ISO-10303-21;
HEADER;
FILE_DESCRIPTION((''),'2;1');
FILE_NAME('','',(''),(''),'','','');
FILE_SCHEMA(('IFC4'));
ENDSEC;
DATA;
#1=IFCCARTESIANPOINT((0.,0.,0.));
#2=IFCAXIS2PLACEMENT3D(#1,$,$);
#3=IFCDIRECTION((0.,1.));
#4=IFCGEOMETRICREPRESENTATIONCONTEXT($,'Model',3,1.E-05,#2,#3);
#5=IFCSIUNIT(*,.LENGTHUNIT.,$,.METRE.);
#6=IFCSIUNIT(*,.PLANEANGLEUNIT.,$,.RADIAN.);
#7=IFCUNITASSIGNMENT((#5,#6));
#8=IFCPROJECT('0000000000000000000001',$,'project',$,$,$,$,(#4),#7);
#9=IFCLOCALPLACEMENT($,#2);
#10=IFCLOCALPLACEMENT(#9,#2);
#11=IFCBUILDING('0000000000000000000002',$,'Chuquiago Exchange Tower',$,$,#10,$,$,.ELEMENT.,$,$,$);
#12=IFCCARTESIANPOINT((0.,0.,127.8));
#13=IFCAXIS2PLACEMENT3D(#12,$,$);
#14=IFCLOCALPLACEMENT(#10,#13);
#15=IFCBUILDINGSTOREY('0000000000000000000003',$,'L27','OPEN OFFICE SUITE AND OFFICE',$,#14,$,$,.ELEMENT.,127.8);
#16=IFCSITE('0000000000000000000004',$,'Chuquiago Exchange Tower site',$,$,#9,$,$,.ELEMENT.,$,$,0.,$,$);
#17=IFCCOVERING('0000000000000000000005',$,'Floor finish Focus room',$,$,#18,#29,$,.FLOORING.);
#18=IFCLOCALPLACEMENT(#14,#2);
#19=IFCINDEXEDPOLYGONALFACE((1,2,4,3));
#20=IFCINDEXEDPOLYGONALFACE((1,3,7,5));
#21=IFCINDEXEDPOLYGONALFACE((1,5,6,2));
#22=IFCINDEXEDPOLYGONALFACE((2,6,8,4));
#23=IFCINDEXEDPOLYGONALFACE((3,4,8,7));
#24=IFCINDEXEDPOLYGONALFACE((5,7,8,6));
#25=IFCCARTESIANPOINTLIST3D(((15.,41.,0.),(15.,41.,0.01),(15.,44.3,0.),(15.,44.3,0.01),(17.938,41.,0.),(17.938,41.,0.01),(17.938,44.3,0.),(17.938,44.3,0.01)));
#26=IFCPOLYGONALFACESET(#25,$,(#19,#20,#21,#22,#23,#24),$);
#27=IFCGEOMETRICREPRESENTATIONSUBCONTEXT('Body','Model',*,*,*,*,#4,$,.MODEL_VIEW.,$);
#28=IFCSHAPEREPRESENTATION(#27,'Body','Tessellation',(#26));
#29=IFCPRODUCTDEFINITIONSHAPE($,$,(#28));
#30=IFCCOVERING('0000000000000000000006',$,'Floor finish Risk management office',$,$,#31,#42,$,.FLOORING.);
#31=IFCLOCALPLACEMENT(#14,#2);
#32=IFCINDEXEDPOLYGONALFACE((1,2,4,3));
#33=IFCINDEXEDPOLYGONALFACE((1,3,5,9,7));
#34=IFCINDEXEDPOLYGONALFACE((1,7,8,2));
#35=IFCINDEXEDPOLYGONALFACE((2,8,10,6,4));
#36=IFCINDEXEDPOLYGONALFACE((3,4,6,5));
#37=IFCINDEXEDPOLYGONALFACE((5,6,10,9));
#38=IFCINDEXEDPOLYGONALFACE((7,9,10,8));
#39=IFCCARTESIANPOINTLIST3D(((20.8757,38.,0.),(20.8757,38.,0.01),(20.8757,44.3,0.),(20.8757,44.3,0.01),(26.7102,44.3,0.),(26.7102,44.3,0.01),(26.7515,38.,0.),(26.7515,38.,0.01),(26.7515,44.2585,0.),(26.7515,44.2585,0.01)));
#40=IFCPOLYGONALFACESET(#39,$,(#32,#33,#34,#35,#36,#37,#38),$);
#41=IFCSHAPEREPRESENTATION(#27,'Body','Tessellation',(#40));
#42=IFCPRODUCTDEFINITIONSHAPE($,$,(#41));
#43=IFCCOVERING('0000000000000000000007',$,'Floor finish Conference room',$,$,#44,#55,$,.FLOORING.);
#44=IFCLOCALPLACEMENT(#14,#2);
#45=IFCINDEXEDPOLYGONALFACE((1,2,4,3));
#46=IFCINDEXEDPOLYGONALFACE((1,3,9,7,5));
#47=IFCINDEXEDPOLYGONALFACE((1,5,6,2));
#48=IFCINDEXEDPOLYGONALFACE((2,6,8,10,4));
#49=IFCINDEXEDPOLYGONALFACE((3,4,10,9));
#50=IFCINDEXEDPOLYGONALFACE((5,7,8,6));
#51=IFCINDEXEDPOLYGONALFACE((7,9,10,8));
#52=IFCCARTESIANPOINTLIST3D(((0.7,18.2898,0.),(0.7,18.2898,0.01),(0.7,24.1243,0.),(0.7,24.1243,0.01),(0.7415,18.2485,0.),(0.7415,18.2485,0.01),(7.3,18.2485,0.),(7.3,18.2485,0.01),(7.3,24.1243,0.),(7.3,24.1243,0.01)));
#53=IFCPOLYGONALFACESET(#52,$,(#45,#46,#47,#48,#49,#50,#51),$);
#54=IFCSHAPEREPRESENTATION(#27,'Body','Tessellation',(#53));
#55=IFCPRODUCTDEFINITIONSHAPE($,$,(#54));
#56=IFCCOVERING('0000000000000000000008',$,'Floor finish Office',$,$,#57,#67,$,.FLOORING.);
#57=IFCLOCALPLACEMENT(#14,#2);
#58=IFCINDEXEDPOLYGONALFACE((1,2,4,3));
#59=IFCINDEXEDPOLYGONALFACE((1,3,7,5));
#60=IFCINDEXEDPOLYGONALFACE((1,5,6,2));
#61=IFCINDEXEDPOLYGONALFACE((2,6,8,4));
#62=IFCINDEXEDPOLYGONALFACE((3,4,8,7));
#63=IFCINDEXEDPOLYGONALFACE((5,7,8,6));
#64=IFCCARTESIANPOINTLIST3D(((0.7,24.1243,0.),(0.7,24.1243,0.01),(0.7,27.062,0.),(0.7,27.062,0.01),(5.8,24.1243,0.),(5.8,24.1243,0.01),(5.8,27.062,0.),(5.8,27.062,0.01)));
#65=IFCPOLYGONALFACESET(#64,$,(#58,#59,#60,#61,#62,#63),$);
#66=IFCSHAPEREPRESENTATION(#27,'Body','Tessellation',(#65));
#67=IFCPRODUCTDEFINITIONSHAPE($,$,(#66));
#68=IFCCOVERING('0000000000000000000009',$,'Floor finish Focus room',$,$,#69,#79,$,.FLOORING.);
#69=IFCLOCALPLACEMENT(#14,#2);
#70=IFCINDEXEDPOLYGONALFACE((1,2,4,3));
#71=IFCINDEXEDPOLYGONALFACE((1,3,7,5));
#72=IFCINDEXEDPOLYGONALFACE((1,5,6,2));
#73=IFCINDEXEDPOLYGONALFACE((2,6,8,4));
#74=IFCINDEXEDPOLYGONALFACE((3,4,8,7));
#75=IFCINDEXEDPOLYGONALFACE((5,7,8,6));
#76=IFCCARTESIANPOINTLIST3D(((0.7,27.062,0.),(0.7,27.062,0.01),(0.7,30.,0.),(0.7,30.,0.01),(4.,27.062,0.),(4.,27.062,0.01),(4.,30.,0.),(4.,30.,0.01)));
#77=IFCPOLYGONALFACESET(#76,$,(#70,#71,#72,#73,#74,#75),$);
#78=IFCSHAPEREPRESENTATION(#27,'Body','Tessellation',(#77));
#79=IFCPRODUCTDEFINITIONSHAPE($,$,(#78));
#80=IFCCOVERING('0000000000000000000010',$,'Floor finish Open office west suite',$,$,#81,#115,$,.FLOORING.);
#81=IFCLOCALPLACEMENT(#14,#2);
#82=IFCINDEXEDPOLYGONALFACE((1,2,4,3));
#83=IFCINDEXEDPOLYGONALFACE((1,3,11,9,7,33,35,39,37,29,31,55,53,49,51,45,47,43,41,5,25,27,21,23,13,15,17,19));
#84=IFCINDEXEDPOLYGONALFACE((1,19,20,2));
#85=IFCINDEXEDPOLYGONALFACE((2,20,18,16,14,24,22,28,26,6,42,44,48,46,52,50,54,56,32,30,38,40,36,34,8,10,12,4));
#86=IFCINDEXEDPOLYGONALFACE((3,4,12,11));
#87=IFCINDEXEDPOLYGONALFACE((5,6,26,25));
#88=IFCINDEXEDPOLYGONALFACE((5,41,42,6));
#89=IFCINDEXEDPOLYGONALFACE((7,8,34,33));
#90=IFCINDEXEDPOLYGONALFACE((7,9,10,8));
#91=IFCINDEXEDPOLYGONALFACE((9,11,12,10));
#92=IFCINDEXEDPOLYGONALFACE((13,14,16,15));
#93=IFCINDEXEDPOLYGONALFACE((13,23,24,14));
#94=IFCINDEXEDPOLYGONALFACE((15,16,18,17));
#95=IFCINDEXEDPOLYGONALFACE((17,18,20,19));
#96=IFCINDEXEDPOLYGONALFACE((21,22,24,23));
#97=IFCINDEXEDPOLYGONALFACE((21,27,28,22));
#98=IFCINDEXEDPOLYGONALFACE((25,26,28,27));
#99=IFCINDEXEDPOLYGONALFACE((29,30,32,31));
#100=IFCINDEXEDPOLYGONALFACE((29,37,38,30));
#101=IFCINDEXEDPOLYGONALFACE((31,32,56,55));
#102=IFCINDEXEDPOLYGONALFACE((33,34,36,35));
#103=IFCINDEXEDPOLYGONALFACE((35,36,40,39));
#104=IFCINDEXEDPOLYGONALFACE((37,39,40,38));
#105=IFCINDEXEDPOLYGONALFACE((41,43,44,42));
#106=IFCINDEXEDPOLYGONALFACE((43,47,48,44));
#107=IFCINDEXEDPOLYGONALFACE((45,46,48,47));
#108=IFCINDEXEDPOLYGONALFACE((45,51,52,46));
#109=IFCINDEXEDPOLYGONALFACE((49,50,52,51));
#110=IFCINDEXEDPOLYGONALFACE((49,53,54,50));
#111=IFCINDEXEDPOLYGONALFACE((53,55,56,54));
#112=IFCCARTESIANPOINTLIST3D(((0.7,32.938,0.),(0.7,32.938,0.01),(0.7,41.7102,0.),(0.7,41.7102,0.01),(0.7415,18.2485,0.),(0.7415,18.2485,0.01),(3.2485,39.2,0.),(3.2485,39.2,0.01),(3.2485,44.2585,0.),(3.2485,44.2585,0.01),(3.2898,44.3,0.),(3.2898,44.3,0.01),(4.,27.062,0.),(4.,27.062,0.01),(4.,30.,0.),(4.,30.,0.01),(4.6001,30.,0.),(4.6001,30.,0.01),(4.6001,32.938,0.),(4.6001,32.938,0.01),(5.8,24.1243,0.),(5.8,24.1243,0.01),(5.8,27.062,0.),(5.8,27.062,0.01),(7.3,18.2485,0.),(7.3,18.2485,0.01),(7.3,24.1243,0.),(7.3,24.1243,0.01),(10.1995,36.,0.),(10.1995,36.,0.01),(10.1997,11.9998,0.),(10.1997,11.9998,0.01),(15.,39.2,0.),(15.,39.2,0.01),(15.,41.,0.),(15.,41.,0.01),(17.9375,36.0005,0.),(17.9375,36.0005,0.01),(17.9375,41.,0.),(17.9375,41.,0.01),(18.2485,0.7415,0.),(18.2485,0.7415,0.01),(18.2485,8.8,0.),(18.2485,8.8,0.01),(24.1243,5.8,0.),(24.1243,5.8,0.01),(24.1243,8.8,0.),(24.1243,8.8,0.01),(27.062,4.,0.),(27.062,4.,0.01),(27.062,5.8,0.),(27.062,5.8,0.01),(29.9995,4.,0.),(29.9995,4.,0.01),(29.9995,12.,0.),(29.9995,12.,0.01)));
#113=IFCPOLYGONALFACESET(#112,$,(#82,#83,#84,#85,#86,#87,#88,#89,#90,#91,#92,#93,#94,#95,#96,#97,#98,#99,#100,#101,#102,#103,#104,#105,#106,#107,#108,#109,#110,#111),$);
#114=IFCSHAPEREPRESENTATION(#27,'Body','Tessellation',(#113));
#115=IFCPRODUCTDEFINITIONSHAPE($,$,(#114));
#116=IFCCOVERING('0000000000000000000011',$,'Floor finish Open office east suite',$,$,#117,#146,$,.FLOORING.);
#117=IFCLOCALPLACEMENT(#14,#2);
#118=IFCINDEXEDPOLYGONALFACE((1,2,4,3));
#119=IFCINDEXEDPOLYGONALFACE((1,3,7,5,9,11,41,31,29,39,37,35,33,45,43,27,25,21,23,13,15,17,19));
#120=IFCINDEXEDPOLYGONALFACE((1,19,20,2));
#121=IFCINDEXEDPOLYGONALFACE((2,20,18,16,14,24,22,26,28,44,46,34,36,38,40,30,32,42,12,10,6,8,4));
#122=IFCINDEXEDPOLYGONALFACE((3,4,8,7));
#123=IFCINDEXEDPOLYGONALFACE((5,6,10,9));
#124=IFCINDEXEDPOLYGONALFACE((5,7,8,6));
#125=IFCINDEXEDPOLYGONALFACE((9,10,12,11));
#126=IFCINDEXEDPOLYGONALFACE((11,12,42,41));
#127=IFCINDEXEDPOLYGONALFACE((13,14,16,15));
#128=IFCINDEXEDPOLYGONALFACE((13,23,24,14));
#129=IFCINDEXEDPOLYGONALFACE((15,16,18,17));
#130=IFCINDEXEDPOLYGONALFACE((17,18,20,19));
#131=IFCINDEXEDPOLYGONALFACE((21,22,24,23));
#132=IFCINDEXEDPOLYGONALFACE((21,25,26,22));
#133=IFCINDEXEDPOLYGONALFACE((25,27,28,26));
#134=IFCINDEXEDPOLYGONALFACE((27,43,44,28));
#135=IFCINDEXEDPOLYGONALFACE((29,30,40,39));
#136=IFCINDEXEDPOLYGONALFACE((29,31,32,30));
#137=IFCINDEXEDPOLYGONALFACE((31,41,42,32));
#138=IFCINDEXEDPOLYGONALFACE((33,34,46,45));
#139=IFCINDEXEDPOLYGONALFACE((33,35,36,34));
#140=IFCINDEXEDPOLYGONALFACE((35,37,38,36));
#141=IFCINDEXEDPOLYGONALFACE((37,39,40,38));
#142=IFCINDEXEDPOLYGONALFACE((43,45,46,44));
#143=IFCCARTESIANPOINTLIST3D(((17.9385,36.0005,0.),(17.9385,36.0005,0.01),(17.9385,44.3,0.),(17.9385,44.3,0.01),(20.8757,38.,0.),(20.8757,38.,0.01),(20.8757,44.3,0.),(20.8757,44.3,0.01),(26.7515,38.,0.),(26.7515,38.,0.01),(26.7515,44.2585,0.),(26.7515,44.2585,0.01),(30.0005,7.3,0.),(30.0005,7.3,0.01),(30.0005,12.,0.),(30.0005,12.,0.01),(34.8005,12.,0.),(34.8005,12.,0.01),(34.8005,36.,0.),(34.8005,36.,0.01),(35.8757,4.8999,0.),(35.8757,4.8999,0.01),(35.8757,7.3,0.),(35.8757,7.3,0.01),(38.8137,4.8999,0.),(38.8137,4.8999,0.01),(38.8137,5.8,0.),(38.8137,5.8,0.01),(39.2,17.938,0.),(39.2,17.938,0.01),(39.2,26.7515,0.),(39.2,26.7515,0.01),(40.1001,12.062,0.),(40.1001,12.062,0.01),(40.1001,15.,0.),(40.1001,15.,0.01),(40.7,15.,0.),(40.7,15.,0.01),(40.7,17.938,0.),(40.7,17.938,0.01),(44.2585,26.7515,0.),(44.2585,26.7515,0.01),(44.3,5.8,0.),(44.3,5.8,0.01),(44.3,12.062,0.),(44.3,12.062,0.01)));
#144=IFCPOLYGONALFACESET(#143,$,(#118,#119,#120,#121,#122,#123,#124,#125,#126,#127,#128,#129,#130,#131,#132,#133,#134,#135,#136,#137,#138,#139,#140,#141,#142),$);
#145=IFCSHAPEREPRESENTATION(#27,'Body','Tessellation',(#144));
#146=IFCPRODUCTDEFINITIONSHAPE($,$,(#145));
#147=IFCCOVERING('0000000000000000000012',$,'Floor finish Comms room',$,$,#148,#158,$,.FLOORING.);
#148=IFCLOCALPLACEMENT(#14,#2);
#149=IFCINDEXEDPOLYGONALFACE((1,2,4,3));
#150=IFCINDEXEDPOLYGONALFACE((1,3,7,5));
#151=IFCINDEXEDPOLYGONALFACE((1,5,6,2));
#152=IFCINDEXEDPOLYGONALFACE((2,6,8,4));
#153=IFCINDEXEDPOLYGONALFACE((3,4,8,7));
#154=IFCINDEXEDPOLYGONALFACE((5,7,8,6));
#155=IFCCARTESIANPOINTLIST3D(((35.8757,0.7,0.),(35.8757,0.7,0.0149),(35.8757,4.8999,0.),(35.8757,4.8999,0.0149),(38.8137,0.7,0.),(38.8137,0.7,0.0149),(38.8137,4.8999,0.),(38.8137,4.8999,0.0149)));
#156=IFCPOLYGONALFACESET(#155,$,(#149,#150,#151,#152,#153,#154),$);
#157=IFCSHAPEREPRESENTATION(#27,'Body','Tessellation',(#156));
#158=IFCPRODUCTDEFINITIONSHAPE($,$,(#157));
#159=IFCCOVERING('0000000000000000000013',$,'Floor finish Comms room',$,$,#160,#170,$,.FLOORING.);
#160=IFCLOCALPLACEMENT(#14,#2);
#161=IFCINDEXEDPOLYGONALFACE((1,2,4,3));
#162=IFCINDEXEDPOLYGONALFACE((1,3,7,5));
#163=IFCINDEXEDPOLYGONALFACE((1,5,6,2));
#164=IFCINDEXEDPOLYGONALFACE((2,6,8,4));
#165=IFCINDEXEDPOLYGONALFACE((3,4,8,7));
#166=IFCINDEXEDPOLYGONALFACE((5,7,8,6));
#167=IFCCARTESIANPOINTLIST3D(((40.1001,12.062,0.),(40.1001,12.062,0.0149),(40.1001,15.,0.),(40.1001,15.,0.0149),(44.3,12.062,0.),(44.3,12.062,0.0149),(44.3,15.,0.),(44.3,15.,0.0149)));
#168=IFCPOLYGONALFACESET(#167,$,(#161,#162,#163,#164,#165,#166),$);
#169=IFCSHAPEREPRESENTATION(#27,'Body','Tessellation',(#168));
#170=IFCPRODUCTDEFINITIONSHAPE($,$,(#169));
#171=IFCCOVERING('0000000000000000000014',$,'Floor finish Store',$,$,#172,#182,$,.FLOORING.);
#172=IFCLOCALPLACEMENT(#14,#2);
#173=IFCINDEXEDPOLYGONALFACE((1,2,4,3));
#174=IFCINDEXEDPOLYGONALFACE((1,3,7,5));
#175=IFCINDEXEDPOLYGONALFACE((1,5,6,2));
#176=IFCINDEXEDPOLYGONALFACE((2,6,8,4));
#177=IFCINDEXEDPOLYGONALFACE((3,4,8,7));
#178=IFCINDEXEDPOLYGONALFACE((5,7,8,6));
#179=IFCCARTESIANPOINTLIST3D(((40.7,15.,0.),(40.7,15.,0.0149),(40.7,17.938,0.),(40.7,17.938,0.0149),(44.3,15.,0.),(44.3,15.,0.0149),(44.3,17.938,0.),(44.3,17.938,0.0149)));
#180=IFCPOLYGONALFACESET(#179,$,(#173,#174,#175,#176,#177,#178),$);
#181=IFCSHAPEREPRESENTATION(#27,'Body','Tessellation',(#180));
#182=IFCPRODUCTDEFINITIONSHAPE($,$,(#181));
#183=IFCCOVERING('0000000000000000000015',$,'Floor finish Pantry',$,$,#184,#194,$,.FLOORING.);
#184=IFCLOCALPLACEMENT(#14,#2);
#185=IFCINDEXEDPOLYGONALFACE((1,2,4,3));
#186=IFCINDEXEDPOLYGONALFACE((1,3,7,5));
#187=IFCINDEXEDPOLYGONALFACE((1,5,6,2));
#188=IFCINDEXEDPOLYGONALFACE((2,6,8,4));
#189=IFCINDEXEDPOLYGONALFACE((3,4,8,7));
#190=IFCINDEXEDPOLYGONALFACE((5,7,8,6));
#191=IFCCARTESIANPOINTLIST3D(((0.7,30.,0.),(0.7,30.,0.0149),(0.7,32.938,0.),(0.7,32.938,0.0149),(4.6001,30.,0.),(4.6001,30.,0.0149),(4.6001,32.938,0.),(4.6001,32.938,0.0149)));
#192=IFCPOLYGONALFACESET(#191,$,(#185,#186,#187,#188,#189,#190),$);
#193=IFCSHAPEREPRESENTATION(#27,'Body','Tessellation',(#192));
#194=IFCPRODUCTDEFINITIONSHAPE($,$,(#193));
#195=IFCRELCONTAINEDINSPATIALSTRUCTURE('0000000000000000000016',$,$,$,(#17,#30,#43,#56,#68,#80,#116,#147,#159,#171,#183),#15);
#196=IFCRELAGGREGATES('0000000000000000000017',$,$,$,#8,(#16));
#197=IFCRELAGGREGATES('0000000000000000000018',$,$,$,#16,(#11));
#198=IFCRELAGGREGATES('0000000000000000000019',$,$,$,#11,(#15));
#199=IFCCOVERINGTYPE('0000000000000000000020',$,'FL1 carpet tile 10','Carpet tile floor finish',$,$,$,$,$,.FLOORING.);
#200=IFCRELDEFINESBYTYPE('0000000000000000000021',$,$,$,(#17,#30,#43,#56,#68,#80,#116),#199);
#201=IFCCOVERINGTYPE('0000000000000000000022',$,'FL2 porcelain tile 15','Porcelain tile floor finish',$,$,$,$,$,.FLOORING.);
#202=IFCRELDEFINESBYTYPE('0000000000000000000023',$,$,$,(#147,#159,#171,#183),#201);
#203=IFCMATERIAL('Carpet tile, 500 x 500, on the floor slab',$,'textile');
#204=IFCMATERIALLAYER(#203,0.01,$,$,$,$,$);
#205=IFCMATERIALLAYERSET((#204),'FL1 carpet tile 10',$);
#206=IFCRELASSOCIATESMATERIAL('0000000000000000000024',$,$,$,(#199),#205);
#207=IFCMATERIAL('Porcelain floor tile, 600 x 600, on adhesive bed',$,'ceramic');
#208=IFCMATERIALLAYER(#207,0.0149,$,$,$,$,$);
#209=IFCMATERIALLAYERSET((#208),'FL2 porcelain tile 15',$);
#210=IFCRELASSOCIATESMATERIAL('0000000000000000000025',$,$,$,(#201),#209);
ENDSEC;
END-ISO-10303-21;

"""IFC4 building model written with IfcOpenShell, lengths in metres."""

from ifc_helpers import new_model, si_unit, direction, frame, origin, place, context, subcontext, project, spatial, polyline, outline, extrude, material, layer, layer_set, type_object, element, save


model = new_model("IFC4")

# Units and contexts
model_context = context("Model", 3, precision=1e-05, world=origin(), true_north=direction((0.0, 1.0)))
body_context = subcontext(model_context, "Body", "Model", "MODEL_VIEW")
ifc_project = project(units=[si_unit("LENGTHUNIT", "METRE"), si_unit("PLANEANGLEUNIT", "RADIAN")], contexts=[model_context])

# Site, building, storey
site_placement = place(None, origin())
site = spatial("IfcSite", under=ifc_project, at=site_placement, Name="Chuquiago Exchange Tower site", CompositionType="ELEMENT", RefElevation=0.0)
building_placement = place(site_placement, origin())
building = spatial("IfcBuilding", under=site, at=building_placement, Name="Chuquiago Exchange Tower", CompositionType="ELEMENT")
storey_placement = place(building_placement, frame((0.0, 0.0, 127.8)))
storey = spatial("IfcBuildingStorey", under=building, at=storey_placement, Name="L27", Description="OPEN OFFICE SUITE AND OFFICE", CompositionType="ELEMENT", Elevation=127.8)

# Coverings
ifc_material_1 = material(Name="Carpet tile, 500 x 500, on the floor slab", Category="textile")
ifc_layer_1 = layer(ifc_material_1, 0.01)
ifc_layer_set_1 = layer_set([ifc_layer_1], Name="FL1 carpet tile 10")
covering_type_1 = type_object("IfcCoveringType", Name="FL1 carpet tile 10", Description="Carpet tile floor finish", PredefinedType="FLOORING", material=ifc_layer_set_1)
covering_1_placement = place(storey_placement, origin())
element("IfcCovering", 1, at=covering_1_placement, inside=storey, type_object=covering_type_1, Name="Floor finish Focus room", PredefinedType="FLOORING", context=body_context, shape_type="SweptSolid", body=[
    extrude(outline(polyline([(17.938, 44.3), (17.938, 41.0), (15.0, 41.0), (15.0, 44.3), (17.938, 44.3)])), origin(), (0.0, 0.0, 1.0), 0.01),
])
covering_2_placement = place(storey_placement, origin())
element("IfcCovering", 2, at=covering_2_placement, inside=storey, type_object=covering_type_1, Name="Floor finish Risk management office", PredefinedType="FLOORING", context=body_context, shape_type="SweptSolid", body=[
    extrude(outline(polyline([(26.7102, 44.3), (26.7515, 44.2585), (26.7515, 38.0), (20.8757, 38.0), (20.8757, 44.3), (26.7102, 44.3)])), origin(), (0.0, 0.0, 1.0), 0.01),
])
covering_3_placement = place(storey_placement, origin())
element("IfcCovering", 3, at=covering_3_placement, inside=storey, type_object=covering_type_1, Name="Floor finish Conference room", PredefinedType="FLOORING", context=body_context, shape_type="SweptSolid", body=[
    extrude(outline(polyline([(0.7, 24.1243), (7.3, 24.1243), (7.3, 18.2485), (0.7415, 18.2485), (0.7, 18.2898), (0.7, 24.1243)])), origin(), (0.0, 0.0, 1.0), 0.01),
])
covering_4_placement = place(storey_placement, origin())
element("IfcCovering", 4, at=covering_4_placement, inside=storey, type_object=covering_type_1, Name="Floor finish Office", PredefinedType="FLOORING", context=body_context, shape_type="SweptSolid", body=[
    extrude(outline(polyline([(0.7, 27.062), (5.8, 27.062), (5.8, 24.1243), (0.7, 24.1243), (0.7, 27.062)])), origin(), (0.0, 0.0, 1.0), 0.01),
])
covering_5_placement = place(storey_placement, origin())
element("IfcCovering", 5, at=covering_5_placement, inside=storey, type_object=covering_type_1, Name="Floor finish Focus room", PredefinedType="FLOORING", context=body_context, shape_type="SweptSolid", body=[
    extrude(outline(polyline([(0.7, 30.0), (4.0, 30.0), (4.0, 27.062), (0.7, 27.062), (0.7, 30.0)])), origin(), (0.0, 0.0, 1.0), 0.01),
])
covering_6_placement = place(storey_placement, origin())
element("IfcCovering", 6, at=covering_6_placement, inside=storey, type_object=covering_type_1, Name="Floor finish Open office west suite", PredefinedType="FLOORING", context=body_context, shape_type="SweptSolid", body=[
    extrude(outline(polyline([(3.2485, 44.2585), (3.2485, 39.2), (15.0, 39.2), (15.0, 41.0), (17.9375, 41.0), (17.9375, 36.0005), (10.1995, 36.0), (10.1997, 11.9998), (29.9995, 12.0), (29.9995, 4.0), (27.062, 4.0), (27.062, 5.8), (24.1243, 5.8), (24.1243, 8.8), (18.2485, 8.8), (18.2485, 0.7415), (0.7415, 18.2485), (7.3, 18.2485), (7.3, 24.1243), (5.8, 24.1243), (5.8, 27.062), (4.0, 27.062), (4.0, 30.0), (4.6001, 30.0), (4.6001, 32.938), (0.7, 32.938), (0.7, 41.7102), (3.2898, 44.3), (3.2485, 44.2585)])), origin(), (0.0, 0.0, 1.0), 0.01),
])
covering_7_placement = place(storey_placement, origin())
element("IfcCovering", 7, at=covering_7_placement, inside=storey, type_object=covering_type_1, Name="Floor finish Open office east suite", PredefinedType="FLOORING", context=body_context, shape_type="SweptSolid", body=[
    extrude(outline(polyline([(20.8757, 44.3), (20.8757, 38.0), (26.7515, 38.0), (26.7515, 44.2585), (44.2585, 26.7515), (39.2, 26.7515), (39.2, 17.938), (40.7, 17.938), (40.7, 15.0), (40.1001, 15.0), (40.1001, 12.062), (44.3, 12.062), (44.3, 5.8), (38.8137, 5.8), (38.8137, 4.8999), (35.8757, 4.8999), (35.8757, 7.3), (30.0005, 7.3), (30.0005, 12.0), (34.8005, 12.0), (34.8005, 36.0), (17.9385, 36.0005), (17.9385, 44.3), (20.8757, 44.3)])), origin(), (0.0, 0.0, 1.0), 0.01),
])
ifc_material_2 = material(Name="Porcelain floor tile, 600 x 600, on adhesive bed", Category="ceramic")
ifc_layer_2 = layer(ifc_material_2, 0.0149)
ifc_layer_set_2 = layer_set([ifc_layer_2], Name="FL2 porcelain tile 15")
covering_type_2 = type_object("IfcCoveringType", Name="FL2 porcelain tile 15", Description="Porcelain tile floor finish", PredefinedType="FLOORING", material=ifc_layer_set_2)
covering_8_placement = place(storey_placement, origin())
element("IfcCovering", 8, at=covering_8_placement, inside=storey, type_object=covering_type_2, Name="Floor finish Comms room", PredefinedType="FLOORING", context=body_context, shape_type="SweptSolid", body=[
    extrude(outline(polyline([(35.8757, 0.7), (35.8757, 4.8999), (38.8137, 4.8999), (38.8137, 0.7), (35.8757, 0.7)])), origin(), (0.0, 0.0, 1.0), 0.0149),
])
covering_9_placement = place(storey_placement, origin())
element("IfcCovering", 9, at=covering_9_placement, inside=storey, type_object=covering_type_2, Name="Floor finish Comms room", PredefinedType="FLOORING", context=body_context, shape_type="SweptSolid", body=[
    extrude(outline(polyline([(44.3, 12.062), (40.1001, 12.062), (40.1001, 15.0), (44.3, 15.0), (44.3, 12.062)])), origin(), (0.0, 0.0, 1.0), 0.0149),
])
covering_10_placement = place(storey_placement, origin())
element("IfcCovering", 10, at=covering_10_placement, inside=storey, type_object=covering_type_2, Name="Floor finish Store", PredefinedType="FLOORING", context=body_context, shape_type="SweptSolid", body=[
    extrude(outline(polyline([(44.3, 15.0), (40.7, 15.0), (40.7, 17.938), (44.3, 17.938), (44.3, 15.0)])), origin(), (0.0, 0.0, 1.0), 0.0149),
])
covering_11_placement = place(storey_placement, origin())
element("IfcCovering", 11, at=covering_11_placement, inside=storey, type_object=covering_type_2, Name="Floor finish Pantry", PredefinedType="FLOORING", context=body_context, shape_type="SweptSolid", body=[
    extrude(outline(polyline([(0.7, 32.938), (4.6001, 32.938), (4.6001, 30.0), (0.7, 30.0), (0.7, 32.938)])), origin(), (0.0, 0.0, 1.0), 0.0149),
])

save(model, "model.ifc")
